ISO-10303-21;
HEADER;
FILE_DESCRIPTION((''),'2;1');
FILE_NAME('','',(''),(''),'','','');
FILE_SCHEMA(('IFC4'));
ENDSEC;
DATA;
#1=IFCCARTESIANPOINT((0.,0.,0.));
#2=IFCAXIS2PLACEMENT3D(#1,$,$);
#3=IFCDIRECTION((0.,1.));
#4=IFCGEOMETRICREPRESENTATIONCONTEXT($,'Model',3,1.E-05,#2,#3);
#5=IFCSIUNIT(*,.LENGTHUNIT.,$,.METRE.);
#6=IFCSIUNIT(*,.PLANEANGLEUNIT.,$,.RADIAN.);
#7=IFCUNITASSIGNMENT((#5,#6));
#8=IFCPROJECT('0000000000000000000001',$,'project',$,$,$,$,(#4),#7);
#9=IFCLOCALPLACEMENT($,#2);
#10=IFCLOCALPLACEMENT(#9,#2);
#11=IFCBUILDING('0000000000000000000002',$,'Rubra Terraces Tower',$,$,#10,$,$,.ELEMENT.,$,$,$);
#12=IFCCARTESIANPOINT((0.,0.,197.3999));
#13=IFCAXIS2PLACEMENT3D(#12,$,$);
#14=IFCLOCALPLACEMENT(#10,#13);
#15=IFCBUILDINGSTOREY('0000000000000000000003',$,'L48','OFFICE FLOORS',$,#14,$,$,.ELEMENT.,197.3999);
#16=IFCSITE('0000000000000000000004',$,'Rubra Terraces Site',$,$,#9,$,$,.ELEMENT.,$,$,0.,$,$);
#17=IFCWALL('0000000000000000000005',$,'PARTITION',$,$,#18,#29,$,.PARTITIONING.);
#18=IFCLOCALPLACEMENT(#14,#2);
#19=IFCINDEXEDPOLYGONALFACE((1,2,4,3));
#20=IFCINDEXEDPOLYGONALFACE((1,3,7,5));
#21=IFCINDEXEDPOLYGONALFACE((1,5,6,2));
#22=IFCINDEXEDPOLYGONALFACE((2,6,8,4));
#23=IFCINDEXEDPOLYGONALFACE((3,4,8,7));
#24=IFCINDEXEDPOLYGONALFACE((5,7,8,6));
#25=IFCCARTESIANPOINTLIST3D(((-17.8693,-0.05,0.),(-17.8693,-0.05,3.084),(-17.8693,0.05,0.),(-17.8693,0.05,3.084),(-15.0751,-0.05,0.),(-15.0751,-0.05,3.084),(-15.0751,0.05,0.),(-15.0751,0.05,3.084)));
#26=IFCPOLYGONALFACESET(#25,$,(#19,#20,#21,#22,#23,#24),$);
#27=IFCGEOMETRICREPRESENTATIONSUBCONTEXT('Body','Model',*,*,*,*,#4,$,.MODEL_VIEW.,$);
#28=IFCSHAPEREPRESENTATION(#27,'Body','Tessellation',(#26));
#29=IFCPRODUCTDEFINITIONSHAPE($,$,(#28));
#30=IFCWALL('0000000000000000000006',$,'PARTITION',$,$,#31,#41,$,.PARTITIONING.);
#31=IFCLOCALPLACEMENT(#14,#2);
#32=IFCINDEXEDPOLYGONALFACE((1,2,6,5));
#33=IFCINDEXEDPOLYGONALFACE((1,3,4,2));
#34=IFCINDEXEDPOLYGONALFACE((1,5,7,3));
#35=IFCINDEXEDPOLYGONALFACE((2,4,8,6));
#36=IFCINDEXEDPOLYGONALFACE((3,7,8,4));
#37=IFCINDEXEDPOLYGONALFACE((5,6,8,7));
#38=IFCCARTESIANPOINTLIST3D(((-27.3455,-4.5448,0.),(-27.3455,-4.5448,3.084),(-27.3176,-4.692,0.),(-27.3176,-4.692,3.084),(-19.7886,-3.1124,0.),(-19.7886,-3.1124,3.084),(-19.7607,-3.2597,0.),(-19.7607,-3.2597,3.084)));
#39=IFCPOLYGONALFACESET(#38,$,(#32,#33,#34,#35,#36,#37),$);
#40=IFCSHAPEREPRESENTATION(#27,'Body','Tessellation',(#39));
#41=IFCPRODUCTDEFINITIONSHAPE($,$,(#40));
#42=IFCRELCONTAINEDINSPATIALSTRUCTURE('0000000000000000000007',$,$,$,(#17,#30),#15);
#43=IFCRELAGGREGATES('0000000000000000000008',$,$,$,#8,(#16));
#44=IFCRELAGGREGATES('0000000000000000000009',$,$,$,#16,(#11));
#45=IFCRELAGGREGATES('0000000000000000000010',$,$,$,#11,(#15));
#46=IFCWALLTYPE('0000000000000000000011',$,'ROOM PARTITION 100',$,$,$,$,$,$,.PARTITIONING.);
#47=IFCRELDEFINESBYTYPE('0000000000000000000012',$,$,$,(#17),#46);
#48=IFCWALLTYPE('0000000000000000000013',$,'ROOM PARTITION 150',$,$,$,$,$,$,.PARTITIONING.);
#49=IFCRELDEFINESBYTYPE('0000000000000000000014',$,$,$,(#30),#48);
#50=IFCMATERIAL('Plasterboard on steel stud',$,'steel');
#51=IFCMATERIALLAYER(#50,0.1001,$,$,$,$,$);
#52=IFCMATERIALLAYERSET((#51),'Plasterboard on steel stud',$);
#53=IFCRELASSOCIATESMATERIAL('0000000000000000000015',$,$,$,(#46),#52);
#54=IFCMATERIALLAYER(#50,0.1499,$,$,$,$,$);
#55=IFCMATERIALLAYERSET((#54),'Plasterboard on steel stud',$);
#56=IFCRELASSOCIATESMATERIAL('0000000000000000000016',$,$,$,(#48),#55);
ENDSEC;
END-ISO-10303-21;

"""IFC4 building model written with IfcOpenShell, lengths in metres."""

from ifc_helpers import new_model, si_unit, direction, frame, frame_2d, origin, place, context, subcontext, project, spatial, rectangle, extrude, material, layer, layer_set, type_object, element, save


model = new_model("IFC4")

# Units and contexts
model_context = context("Model", 3, precision=1e-05, world=origin(), true_north=direction((0.0, 1.0)))
body_context = subcontext(model_context, "Body", "Model", "MODEL_VIEW")
ifc_project = project(units=[si_unit("LENGTHUNIT", "METRE"), si_unit("PLANEANGLEUNIT", "RADIAN")], contexts=[model_context])

# Site, building, storey
site_placement = place(None, origin())
site = spatial("IfcSite", under=ifc_project, at=site_placement, Name="Rubra Terraces Site", CompositionType="ELEMENT", RefElevation=0.0)
building_placement = place(site_placement, origin())
building = spatial("IfcBuilding", under=site, at=building_placement, Name="Rubra Terraces Tower", CompositionType="ELEMENT")
storey_placement = place(building_placement, frame((0.0, 0.0, 197.3999)))
storey = spatial("IfcBuildingStorey", under=building, at=storey_placement, Name="L48", Description="OFFICE FLOORS", CompositionType="ELEMENT", Elevation=197.3999)

# Shared definitions
ifc_material_1 = material(Name="Plasterboard on steel stud", Category="steel")
ifc_layer_1 = layer(ifc_material_1, 0.1001)
ifc_layer_set_1 = layer_set([ifc_layer_1], Name="Plasterboard on steel stud")
wall_type_1 = type_object("IfcWallType", Name="ROOM PARTITION 100", PredefinedType="PARTITIONING", material=ifc_layer_set_1)

# Walls
wall_1_placement = place(storey_placement, frame((-17.8691, 0.0, 0.0), z_axis=(0.0, 0.0, 1.0), x_axis=(1.0, 0.0, 0.0)))
element("IfcWall", 1, at=wall_1_placement, inside=storey, type_object=wall_type_1, Name="PARTITION", PredefinedType="PARTITIONING", context=body_context, shape_type="SweptSolid", body=[
    extrude(rectangle(XDim=2.7942, YDim=0.1001, at=frame_2d((1.397, 0.0))), origin(), (0.0, 0.0, 1.0), 3.084),
])
ifc_layer_2 = layer(ifc_material_1, 0.1499)
ifc_layer_set_2 = layer_set([ifc_layer_2], Name="Plasterboard on steel stud")
wall_type_2 = type_object("IfcWallType", Name="ROOM PARTITION 150", PredefinedType="PARTITIONING", material=ifc_layer_set_2)
wall_2_placement = place(storey_placement, frame((-27.3315, -4.6184, 0.0), z_axis=(0.0, 0.0, 1.0), x_axis=(0.982506, 0.18623, 0.0)))
element("IfcWall", 2, at=wall_2_placement, inside=storey, type_object=wall_type_2, Name="PARTITION", PredefinedType="PARTITIONING", context=body_context, shape_type="SweptSolid", body=[
    extrude(rectangle(XDim=7.6914, YDim=0.1499, at=frame_2d((3.8457, 0.0))), origin(), (0.0, 0.0, 1.0), 3.084),
])

save(model, "model.ifc")
